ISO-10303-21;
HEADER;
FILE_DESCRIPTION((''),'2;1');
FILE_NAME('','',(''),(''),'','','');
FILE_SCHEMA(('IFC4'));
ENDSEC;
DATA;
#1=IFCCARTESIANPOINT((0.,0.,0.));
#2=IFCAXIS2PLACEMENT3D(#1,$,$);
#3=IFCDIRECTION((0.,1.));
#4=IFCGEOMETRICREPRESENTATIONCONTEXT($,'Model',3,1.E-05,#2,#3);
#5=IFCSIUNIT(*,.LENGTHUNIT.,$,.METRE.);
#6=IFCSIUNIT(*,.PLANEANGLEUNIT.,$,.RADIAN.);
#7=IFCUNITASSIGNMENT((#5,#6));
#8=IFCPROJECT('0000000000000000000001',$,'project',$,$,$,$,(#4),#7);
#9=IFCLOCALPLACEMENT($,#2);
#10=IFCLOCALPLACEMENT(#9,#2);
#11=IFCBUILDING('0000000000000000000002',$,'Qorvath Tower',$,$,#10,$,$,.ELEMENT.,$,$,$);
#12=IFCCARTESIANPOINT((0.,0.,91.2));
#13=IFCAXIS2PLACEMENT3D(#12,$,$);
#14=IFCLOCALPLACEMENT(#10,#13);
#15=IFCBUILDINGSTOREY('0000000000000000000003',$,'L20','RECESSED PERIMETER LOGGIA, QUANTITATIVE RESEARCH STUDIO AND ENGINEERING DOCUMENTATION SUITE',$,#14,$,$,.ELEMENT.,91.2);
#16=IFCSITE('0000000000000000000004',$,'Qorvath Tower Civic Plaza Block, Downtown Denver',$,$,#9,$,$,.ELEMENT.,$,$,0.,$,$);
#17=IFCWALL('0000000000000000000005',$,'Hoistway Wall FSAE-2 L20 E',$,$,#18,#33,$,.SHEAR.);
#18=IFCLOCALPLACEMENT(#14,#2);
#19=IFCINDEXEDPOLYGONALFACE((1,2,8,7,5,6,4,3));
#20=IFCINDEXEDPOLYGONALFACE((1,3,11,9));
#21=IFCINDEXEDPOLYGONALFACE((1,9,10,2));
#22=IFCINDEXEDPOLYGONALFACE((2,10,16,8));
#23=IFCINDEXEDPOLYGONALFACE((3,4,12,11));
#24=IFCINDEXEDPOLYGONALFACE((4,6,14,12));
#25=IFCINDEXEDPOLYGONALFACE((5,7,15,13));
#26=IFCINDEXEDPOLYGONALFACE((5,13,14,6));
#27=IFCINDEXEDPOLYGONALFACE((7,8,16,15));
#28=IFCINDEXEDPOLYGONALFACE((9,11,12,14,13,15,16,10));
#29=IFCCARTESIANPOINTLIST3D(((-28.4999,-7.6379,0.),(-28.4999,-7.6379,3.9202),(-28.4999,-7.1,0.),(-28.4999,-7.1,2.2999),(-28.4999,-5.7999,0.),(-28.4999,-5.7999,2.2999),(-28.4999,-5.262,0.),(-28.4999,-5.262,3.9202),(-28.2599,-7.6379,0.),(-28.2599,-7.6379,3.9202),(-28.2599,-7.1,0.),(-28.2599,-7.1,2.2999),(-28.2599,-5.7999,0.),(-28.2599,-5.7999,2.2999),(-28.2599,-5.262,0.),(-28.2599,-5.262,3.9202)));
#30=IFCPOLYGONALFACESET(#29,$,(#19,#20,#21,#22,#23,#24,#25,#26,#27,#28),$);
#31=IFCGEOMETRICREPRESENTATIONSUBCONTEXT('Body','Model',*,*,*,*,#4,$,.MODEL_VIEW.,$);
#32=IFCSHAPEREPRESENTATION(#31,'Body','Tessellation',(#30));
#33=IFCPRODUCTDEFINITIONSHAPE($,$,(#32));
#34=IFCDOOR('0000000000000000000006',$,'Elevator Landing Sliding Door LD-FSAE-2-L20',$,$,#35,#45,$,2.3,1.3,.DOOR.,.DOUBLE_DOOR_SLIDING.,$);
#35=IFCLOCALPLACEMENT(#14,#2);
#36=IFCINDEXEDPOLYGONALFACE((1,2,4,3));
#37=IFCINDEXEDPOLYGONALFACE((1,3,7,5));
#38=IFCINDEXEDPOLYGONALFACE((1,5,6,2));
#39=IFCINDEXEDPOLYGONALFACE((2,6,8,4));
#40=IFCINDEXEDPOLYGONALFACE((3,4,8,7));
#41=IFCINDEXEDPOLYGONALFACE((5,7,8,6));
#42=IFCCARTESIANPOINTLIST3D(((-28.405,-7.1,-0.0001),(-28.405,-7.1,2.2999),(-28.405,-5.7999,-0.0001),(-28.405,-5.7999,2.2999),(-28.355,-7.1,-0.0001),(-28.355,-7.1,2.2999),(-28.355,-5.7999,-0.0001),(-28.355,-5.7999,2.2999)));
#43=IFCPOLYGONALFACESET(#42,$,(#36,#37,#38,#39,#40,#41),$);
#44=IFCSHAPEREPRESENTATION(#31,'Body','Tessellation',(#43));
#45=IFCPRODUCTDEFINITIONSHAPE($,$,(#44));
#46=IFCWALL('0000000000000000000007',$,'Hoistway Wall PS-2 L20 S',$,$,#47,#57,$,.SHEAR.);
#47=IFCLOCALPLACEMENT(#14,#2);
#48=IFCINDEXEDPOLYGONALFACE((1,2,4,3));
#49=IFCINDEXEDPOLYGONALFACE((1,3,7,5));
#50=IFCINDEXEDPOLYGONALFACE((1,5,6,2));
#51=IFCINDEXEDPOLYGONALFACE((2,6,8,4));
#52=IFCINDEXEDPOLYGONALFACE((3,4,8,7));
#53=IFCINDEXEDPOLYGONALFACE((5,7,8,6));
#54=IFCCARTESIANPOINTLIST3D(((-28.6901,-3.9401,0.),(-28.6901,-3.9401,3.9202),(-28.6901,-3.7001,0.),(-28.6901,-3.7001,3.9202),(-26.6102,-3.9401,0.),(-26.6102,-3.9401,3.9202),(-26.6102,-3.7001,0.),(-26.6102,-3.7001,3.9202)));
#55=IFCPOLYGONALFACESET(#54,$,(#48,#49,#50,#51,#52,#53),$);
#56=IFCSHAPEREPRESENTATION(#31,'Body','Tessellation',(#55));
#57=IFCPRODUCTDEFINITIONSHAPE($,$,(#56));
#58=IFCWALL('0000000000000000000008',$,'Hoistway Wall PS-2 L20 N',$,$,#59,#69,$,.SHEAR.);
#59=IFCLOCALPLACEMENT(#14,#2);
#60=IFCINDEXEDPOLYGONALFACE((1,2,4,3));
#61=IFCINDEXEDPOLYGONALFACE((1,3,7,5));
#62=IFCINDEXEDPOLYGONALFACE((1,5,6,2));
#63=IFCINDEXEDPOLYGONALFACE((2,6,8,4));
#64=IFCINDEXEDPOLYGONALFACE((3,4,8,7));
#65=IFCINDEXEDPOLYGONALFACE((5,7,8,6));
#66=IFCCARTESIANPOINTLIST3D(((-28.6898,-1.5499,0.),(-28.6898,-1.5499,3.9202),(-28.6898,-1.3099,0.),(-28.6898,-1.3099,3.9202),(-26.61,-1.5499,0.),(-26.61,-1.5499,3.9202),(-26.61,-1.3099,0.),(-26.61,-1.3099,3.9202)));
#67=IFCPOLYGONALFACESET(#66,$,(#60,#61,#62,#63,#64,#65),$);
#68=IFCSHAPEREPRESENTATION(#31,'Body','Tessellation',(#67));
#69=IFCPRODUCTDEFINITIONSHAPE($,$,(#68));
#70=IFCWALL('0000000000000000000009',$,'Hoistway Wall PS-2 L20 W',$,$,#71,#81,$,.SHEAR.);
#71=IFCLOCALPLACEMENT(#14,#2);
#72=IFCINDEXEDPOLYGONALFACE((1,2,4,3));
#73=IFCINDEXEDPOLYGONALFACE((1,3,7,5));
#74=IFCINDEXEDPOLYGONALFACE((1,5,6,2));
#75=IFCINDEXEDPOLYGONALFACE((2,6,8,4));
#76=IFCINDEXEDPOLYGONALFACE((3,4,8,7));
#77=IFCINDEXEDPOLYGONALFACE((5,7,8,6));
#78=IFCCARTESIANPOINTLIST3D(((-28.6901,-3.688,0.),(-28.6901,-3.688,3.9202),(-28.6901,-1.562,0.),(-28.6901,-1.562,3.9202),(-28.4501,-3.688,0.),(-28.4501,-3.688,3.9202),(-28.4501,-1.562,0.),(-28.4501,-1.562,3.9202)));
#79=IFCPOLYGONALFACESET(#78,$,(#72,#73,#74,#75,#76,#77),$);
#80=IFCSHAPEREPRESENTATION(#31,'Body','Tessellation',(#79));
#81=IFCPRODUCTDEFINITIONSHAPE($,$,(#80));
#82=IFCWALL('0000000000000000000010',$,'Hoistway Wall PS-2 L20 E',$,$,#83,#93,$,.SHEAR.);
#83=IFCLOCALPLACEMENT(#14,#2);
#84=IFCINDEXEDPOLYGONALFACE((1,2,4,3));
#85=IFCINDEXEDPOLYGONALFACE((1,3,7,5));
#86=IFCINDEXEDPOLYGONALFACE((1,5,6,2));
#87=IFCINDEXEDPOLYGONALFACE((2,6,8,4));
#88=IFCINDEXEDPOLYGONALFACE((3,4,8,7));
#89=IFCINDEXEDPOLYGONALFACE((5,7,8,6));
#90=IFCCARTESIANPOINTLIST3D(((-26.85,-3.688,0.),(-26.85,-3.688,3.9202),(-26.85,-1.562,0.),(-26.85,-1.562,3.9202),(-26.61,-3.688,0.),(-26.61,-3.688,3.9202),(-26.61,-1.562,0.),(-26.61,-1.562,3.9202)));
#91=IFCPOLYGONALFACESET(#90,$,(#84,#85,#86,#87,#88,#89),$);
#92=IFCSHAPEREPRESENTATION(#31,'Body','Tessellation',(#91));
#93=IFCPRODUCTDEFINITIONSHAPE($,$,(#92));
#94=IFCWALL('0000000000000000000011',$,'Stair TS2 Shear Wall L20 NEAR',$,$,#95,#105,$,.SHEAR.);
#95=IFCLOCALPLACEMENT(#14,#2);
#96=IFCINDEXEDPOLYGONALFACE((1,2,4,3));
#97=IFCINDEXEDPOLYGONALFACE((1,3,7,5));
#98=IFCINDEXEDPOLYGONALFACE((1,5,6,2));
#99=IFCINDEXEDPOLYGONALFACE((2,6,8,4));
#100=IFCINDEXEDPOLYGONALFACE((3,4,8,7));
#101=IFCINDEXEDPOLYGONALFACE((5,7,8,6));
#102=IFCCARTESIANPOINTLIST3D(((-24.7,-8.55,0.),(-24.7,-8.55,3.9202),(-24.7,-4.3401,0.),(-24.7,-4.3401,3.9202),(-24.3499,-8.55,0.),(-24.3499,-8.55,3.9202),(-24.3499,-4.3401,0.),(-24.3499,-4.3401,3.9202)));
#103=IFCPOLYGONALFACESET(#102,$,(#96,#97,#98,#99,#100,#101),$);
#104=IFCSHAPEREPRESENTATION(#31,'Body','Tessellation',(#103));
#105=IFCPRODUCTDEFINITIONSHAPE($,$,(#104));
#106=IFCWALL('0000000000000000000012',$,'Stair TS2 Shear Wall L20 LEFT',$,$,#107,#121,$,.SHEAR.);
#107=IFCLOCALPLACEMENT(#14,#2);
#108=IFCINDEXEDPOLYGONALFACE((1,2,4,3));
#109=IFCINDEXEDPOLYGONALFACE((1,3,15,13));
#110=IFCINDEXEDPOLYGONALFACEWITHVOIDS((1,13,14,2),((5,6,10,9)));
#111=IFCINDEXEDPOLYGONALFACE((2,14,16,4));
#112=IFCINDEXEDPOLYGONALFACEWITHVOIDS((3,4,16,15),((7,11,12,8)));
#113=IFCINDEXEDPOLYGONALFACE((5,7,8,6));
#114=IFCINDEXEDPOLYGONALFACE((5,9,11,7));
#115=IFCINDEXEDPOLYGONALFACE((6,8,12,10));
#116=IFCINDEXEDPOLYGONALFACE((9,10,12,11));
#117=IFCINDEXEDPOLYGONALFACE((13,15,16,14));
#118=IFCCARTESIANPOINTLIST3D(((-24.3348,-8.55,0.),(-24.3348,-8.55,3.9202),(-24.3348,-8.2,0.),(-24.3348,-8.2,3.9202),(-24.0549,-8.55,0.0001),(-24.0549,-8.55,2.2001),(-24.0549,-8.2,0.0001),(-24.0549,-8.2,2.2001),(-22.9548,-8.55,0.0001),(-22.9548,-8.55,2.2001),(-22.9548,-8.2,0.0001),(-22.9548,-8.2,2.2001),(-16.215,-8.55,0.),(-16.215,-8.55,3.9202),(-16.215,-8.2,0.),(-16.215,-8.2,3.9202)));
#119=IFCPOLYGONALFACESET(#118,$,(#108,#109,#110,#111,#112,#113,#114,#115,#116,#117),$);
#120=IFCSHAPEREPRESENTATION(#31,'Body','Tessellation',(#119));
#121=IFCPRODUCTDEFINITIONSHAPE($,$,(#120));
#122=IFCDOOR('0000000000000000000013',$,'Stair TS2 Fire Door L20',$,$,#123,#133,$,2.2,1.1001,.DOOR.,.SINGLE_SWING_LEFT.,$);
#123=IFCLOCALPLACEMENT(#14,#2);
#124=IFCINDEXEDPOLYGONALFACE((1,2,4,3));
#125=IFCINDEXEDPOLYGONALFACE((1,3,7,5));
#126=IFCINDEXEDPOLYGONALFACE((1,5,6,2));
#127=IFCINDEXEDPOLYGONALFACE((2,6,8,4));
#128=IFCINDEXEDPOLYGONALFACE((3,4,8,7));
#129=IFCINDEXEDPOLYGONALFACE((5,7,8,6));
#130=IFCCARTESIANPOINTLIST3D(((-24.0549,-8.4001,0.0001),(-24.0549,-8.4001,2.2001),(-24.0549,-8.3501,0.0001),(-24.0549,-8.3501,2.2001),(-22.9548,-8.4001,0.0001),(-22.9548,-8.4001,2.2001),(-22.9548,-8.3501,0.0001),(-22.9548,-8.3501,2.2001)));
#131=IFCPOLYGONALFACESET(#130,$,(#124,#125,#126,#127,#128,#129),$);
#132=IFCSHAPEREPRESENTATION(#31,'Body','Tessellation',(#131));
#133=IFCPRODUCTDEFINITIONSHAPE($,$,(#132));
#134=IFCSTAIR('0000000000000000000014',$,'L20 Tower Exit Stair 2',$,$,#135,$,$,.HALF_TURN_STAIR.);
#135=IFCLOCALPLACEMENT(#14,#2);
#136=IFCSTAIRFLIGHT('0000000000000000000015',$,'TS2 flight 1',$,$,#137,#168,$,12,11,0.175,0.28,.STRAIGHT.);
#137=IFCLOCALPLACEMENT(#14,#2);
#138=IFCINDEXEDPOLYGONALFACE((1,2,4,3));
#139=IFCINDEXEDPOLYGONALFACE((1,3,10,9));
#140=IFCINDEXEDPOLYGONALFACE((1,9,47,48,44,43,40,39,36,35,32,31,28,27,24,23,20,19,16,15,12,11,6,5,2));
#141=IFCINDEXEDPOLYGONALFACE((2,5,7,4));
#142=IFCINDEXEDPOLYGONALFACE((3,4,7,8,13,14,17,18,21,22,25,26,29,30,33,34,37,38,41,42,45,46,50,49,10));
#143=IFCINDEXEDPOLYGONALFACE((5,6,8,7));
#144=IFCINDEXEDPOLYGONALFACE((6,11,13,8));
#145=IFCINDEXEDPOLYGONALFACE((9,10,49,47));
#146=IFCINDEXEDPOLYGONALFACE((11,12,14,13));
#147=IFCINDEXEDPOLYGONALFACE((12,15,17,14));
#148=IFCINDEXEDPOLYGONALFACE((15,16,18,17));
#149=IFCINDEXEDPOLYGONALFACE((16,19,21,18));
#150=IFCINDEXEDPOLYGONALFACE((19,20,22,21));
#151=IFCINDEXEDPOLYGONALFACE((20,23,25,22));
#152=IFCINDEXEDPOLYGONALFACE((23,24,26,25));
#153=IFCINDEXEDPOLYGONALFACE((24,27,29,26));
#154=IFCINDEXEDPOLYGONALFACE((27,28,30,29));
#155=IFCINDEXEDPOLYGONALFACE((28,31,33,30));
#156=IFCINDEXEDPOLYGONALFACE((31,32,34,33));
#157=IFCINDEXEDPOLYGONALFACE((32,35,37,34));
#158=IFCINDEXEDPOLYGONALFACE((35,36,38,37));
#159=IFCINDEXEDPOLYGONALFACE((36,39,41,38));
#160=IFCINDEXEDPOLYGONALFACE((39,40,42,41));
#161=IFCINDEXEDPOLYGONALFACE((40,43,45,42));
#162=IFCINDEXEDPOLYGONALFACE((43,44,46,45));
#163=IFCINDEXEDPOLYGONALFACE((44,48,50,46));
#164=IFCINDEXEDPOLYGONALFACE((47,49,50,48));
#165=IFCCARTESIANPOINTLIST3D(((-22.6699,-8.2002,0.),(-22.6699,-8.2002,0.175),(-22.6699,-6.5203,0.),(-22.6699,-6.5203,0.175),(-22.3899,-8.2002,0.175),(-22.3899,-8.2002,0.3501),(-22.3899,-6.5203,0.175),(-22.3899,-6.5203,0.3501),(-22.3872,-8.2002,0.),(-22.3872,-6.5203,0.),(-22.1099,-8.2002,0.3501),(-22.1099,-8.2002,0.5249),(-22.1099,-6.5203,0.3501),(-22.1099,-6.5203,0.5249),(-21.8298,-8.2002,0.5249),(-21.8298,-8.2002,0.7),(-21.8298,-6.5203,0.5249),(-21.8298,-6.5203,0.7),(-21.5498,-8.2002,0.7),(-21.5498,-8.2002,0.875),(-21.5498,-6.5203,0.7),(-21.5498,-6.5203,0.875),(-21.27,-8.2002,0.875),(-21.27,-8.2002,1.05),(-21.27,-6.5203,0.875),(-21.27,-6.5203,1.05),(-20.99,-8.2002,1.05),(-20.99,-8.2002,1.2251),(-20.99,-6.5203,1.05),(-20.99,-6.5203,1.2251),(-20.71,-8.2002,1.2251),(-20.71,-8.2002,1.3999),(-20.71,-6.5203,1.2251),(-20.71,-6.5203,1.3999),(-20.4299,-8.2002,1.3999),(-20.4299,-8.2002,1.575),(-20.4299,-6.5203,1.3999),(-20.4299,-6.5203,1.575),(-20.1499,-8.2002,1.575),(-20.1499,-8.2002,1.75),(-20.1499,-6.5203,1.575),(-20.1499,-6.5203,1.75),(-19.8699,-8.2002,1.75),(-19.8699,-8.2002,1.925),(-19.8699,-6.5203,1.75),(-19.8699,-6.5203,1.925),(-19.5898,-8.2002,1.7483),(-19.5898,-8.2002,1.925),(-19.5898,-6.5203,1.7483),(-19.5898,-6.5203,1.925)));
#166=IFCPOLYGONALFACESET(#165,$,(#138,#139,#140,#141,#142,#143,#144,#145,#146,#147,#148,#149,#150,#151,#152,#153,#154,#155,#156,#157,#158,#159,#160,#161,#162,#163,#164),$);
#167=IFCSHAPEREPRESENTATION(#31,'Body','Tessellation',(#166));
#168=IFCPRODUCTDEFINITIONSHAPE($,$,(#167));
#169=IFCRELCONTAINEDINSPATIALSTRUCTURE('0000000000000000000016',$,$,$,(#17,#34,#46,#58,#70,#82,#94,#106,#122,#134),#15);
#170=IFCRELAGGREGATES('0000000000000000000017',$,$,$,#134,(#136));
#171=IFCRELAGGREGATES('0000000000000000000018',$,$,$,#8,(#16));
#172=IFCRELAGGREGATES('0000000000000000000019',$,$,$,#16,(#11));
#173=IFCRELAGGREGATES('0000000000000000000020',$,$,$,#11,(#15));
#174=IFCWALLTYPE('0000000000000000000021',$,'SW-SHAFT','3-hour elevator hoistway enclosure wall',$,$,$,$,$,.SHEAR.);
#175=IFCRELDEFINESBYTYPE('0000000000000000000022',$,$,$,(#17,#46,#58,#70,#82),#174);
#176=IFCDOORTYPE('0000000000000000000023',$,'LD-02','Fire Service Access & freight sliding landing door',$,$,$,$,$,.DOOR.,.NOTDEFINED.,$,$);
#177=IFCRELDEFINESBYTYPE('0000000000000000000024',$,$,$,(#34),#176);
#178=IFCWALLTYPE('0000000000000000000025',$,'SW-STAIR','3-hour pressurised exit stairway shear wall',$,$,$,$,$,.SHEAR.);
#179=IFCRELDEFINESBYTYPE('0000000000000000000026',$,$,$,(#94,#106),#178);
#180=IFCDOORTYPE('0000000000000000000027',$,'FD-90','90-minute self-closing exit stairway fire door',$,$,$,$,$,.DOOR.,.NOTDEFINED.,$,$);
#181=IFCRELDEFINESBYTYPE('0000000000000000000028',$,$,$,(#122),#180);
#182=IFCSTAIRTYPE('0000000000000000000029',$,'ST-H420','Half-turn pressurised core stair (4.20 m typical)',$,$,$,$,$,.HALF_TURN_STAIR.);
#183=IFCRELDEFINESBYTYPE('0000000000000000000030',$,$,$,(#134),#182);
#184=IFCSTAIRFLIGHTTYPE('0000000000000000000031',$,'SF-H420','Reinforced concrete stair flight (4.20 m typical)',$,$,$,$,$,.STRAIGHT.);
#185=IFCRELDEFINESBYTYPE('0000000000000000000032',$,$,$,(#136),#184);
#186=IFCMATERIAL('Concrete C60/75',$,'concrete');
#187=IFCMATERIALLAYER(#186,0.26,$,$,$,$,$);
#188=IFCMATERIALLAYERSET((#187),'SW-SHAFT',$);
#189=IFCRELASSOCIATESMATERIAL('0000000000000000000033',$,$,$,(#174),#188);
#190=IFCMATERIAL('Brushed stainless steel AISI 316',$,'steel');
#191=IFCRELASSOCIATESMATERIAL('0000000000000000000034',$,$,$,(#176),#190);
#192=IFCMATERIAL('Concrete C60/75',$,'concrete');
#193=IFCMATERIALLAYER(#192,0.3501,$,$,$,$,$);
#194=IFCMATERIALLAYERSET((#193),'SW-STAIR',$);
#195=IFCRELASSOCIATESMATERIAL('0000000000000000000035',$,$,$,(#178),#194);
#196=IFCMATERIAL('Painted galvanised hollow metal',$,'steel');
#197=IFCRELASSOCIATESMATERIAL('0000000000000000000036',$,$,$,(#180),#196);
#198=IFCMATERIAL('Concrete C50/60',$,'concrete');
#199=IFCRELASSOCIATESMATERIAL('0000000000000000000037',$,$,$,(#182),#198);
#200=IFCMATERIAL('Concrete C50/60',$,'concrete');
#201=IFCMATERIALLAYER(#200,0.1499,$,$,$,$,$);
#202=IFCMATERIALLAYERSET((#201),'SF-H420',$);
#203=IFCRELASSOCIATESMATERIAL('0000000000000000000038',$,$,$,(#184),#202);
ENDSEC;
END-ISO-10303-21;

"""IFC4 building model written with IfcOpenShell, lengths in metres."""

from ifc_helpers import new_model, si_unit, direction, frame, frame_2d, origin, place, context, subcontext, project, spatial, polyline, rectangle, outline, extrude, material, layer, layer_set, type_object, element, fill, aggregate, save


model = new_model("IFC4")

# Units and contexts
model_context = context("Model", 3, precision=1e-05, world=origin(), true_north=direction((0.0, 1.0)))
body_context = subcontext(model_context, "Body", "Model", "MODEL_VIEW")
ifc_project = project(units=[si_unit("LENGTHUNIT", "METRE"), si_unit("PLANEANGLEUNIT", "RADIAN")], contexts=[model_context])

# Site, building, storey
site_placement = place(None, origin())
site = spatial("IfcSite", under=ifc_project, at=site_placement, Name="Qorvath Tower Civic Plaza Block, Downtown Denver", CompositionType="ELEMENT", RefElevation=0.0)
building_placement = place(site_placement, origin())
building = spatial("IfcBuilding", under=site, at=building_placement, Name="Qorvath Tower", CompositionType="ELEMENT")
storey_placement = place(building_placement, frame((0.0, 0.0, 91.2)))
storey = spatial("IfcBuildingStorey", under=building, at=storey_placement, Name="L20", Description="RECESSED PERIMETER LOGGIA, QUANTITATIVE RESEARCH STUDIO AND ENGINEERING DOCUMENTATION SUITE", CompositionType="ELEMENT", Elevation=91.2)

# Shared definitions
ifc_material_1 = material(Name="Concrete C60/75", Category="concrete")
ifc_layer_1 = layer(ifc_material_1, 0.26)
ifc_layer_set_1 = layer_set([ifc_layer_1], Name="SW-SHAFT")
wall_type_1 = type_object("IfcWallType", Name="SW-SHAFT", Description="3-hour elevator hoistway enclosure wall", PredefinedType="SHEAR", material=ifc_layer_set_1)

# Wall, opening, door
wall_1_placement = place(storey_placement, frame((-28.3799, -5.262, 0.0), z_axis=(0.0, 0.0, 1.0), x_axis=(0.0, -1.0, 0.0)))
wall_1 = element("IfcWall", 1, at=wall_1_placement, inside=storey, type_object=wall_type_1, Name="Hoistway Wall FSAE-2 L20 E", PredefinedType="SHEAR", context=body_context, shape_type="SweptSolid", body=[
    extrude(rectangle(XDim=2.376, YDim=0.24, at=frame_2d((1.188, 0.0))), origin(), (0.0, 0.0, 1.0), 3.9202),
])
opening_1_placement = place(wall_1_placement, frame((0.5381, 0.0, 0.0)))
opening_1 = element("IfcOpeningElement", 2, at=opening_1_placement, cuts=wall_1, PredefinedType="OPENING", context=body_context, shape_type="SweptSolid", body=[
    extrude(rectangle(XDim=1.3, YDim=2.3, at=frame_2d((0.6499, 1.1499))), frame((0.0, 0.1299, 0.0), z_axis=(0.0, -1.0, 0.0), x_axis=(1.0, 0.0, 0.0)), (0.0, 0.0, 1.0), 0.26),
])
ifc_material_2 = material(Name="Brushed stainless steel AISI 316", Category="steel")
door_type_1 = type_object("IfcDoorType", Name="LD-02", Description="Fire Service Access & freight sliding landing door", OperationType="NOTDEFINED", PredefinedType="DOOR", material=ifc_material_2)
door_1_placement = place(opening_1_placement, origin())
door_1 = element("IfcDoor", 3, at=door_1_placement, inside=storey, type_object=door_type_1, Name="Elevator Landing Sliding Door LD-FSAE-2-L20", OperationType="DOUBLE_DOOR_SLIDING", OverallHeight=2.3, OverallWidth=1.3, PredefinedType="DOOR", context=body_context, shape_type="SweptSolid", body=[
    extrude(rectangle(XDim=1.3, YDim=2.3, at=frame_2d((0.6499, 1.1499))), frame((0.0, 0.0249, 0.0), z_axis=(0.0, -1.0, 0.0), x_axis=(1.0, 0.0, 0.0)), (0.0, 0.0, 1.0), 0.05),
])
fill(opening_1, door_1)

# Walls
for number, where, z_axis, x_axis, name in (
    (4, (-26.6101, -3.8201, 0.0), (0.0, 0.0, 1.0), (-1.0, 0.0, 0.0), "Hoistway Wall PS-2 L20 S"),
    (5, (-28.6899, -1.4299, 0.0), (0.0, 0.0, 1.0), (1.0, 0.0, 0.0), "Hoistway Wall PS-2 L20 N"),
):
    element("IfcWall", number, at=place(storey_placement, frame(where, z_axis=z_axis, x_axis=x_axis)), inside=storey, type_object=wall_type_1, Name=name, PredefinedType="SHEAR", context=body_context, shape_type="SweptSolid", body=[
        extrude(rectangle(XDim=2.0798, YDim=0.24, at=frame_2d((1.04, 0.0))), origin(), (0.0, 0.0, 1.0), 3.9202),
    ])
for number, where, z_axis, x_axis, name in (
    (6, (-28.5701, -3.688, 0.0), (0.0, 0.0, 1.0), (0.0, 1.0, 0.0), "Hoistway Wall PS-2 L20 W"),
    (7, (-26.73, -1.562, 0.0), (0.0, 0.0, 1.0), (0.0, -1.0, 0.0), "Hoistway Wall PS-2 L20 E"),
):
    element("IfcWall", number, at=place(storey_placement, frame(where, z_axis=z_axis, x_axis=x_axis)), inside=storey, type_object=wall_type_1, Name=name, PredefinedType="SHEAR", context=body_context, shape_type="SweptSolid", body=[
        extrude(rectangle(XDim=2.126, YDim=0.24, at=frame_2d((1.063, 0.0))), origin(), (0.0, 0.0, 1.0), 3.9202),
    ])
ifc_material_3 = material(Name="Concrete C60/75", Category="concrete")
ifc_layer_2 = layer(ifc_material_3, 0.3501)
ifc_layer_set_2 = layer_set([ifc_layer_2], Name="SW-STAIR")
wall_type_2 = type_object("IfcWallType", Name="SW-STAIR", Description="3-hour pressurised exit stairway shear wall", PredefinedType="SHEAR", material=ifc_layer_set_2)
wall_2_placement = place(storey_placement, frame((-24.5249, -4.3401, 0.0), z_axis=(0.0, 0.0, 1.0), x_axis=(0.0, -1.0, 0.0)))
element("IfcWall", 8, at=wall_2_placement, inside=storey, type_object=wall_type_2, Name="Stair TS2 Shear Wall L20 NEAR", PredefinedType="SHEAR", context=body_context, shape_type="SweptSolid", body=[
    extrude(rectangle(XDim=4.21, YDim=0.3501, at=frame_2d((2.105, 0.0))), origin(), (0.0, 0.0, 1.0), 3.9202),
])

# Wall, opening, door
wall_3_placement = place(storey_placement, frame((-24.335, -8.375, 0.0), z_axis=(0.0, 0.0, 1.0), x_axis=(1.0, 0.0, 0.0)))
wall_3 = element("IfcWall", 9, at=wall_3_placement, inside=storey, type_object=wall_type_2, Name="Stair TS2 Shear Wall L20 LEFT", PredefinedType="SHEAR", context=body_context, shape_type="SweptSolid", body=[
    extrude(rectangle(XDim=8.1199, YDim=0.3501, at=frame_2d((4.0601, 0.0))), origin(), (0.0, 0.0, 1.0), 3.9202),
])
opening_2_placement = place(wall_3_placement, frame((0.28, 0.0, 0.0)))
opening_2 = element("IfcOpeningElement", 10, at=opening_2_placement, cuts=wall_3, PredefinedType="OPENING", context=body_context, shape_type="SweptSolid", body=[
    extrude(rectangle(XDim=1.1001, YDim=2.2, at=frame_2d((0.55, 1.1001))), frame((0.0, 0.1851, 0.0), z_axis=(0.0, -1.0, 0.0), x_axis=(1.0, 0.0, 0.0)), (0.0, 0.0, 1.0), 0.3701),
])
ifc_material_4 = material(Name="Painted galvanised hollow metal", Category="steel")
door_type_2 = type_object("IfcDoorType", Name="FD-90", Description="90-minute self-closing exit stairway fire door", OperationType="NOTDEFINED", PredefinedType="DOOR", material=ifc_material_4)
door_2_placement = place(opening_2_placement, origin())
door_2 = element("IfcDoor", 11, at=door_2_placement, inside=storey, type_object=door_type_2, Name="Stair TS2 Fire Door L20", OperationType="SINGLE_SWING_LEFT", OverallHeight=2.2, OverallWidth=1.1001, PredefinedType="DOOR", context=body_context, shape_type="SweptSolid", body=[
    extrude(rectangle(XDim=1.1001, YDim=2.2, at=frame_2d((0.55, 1.1001))), frame((0.0, 0.0249, 0.0), z_axis=(0.0, -1.0, 0.0), x_axis=(1.0, 0.0, 0.0)), (0.0, 0.0, 1.0), 0.05),
])
fill(opening_2, door_2)

# Stair, stair flight
ifc_material_5 = material(Name="Concrete C50/60", Category="concrete")
stair_type = type_object("IfcStairType", Name="ST-H420", Description="Half-turn pressurised core stair (4.20 m typical)", PredefinedType="HALF_TURN_STAIR", material=ifc_material_5)
stair_placement = place(storey_placement, origin())
stair = element("IfcStair", 12, at=stair_placement, inside=storey, type_object=stair_type, Name="L20 Tower Exit Stair 2", PredefinedType="HALF_TURN_STAIR")
ifc_material_6 = material(Name="Concrete C50/60", Category="concrete")
ifc_layer_3 = layer(ifc_material_6, 0.1499)
ifc_layer_set_3 = layer_set([ifc_layer_3], Name="SF-H420")
stair_flight_type = type_object("IfcStairFlightType", Name="SF-H420", Description="Reinforced concrete stair flight (4.20 m typical)", PredefinedType="STRAIGHT", material=ifc_layer_set_3)
stair_flight_placement = place(storey_placement, frame((-22.6699, -7.3601, 0.0), z_axis=(0.0, 0.0, 1.0), x_axis=(1.0, 0.0, 0.0)))
stair_flight = element("IfcStairFlight", 13, at=stair_flight_placement, type_object=stair_flight_type, Name="TS2 flight 1", NumberOfRisers=12, NumberOfTreads=11, PredefinedType="STRAIGHT", RiserHeight=0.175, TreadLength=0.28, context=body_context, shape_type="SweptSolid", body=[
    extrude(outline(polyline([(0.0, 0.0), (0.0, 0.175), (0.28, 0.175), (0.28, 0.3501), (0.5601, 0.3501), (0.5601, 0.5249), (0.8401, 0.5249), (0.8401, 0.7), (1.1201, 0.7), (1.1201, 0.875), (1.3999, 0.875), (1.3999, 1.05), (1.6799, 1.05), (1.6799, 1.2251), (1.96, 1.2251), (1.96, 1.3999), (2.24, 1.3999), (2.24, 1.575), (2.52, 1.575), (2.52, 1.75), (2.8, 1.75), (2.8, 1.925), (3.0801, 1.925), (3.0801, 2.1001), (3.0801, 1.7483), (0.2827, 0.0), (0.0, 0.0)])), frame((0.0, 0.8398, 0.0), z_axis=(0.0, -1.0, 0.0), x_axis=(1.0, 0.0, 0.0)), (0.0, 0.0, 1.0), 1.6799),
])
aggregate(stair, [stair_flight])

save(model, "model.ifc")
